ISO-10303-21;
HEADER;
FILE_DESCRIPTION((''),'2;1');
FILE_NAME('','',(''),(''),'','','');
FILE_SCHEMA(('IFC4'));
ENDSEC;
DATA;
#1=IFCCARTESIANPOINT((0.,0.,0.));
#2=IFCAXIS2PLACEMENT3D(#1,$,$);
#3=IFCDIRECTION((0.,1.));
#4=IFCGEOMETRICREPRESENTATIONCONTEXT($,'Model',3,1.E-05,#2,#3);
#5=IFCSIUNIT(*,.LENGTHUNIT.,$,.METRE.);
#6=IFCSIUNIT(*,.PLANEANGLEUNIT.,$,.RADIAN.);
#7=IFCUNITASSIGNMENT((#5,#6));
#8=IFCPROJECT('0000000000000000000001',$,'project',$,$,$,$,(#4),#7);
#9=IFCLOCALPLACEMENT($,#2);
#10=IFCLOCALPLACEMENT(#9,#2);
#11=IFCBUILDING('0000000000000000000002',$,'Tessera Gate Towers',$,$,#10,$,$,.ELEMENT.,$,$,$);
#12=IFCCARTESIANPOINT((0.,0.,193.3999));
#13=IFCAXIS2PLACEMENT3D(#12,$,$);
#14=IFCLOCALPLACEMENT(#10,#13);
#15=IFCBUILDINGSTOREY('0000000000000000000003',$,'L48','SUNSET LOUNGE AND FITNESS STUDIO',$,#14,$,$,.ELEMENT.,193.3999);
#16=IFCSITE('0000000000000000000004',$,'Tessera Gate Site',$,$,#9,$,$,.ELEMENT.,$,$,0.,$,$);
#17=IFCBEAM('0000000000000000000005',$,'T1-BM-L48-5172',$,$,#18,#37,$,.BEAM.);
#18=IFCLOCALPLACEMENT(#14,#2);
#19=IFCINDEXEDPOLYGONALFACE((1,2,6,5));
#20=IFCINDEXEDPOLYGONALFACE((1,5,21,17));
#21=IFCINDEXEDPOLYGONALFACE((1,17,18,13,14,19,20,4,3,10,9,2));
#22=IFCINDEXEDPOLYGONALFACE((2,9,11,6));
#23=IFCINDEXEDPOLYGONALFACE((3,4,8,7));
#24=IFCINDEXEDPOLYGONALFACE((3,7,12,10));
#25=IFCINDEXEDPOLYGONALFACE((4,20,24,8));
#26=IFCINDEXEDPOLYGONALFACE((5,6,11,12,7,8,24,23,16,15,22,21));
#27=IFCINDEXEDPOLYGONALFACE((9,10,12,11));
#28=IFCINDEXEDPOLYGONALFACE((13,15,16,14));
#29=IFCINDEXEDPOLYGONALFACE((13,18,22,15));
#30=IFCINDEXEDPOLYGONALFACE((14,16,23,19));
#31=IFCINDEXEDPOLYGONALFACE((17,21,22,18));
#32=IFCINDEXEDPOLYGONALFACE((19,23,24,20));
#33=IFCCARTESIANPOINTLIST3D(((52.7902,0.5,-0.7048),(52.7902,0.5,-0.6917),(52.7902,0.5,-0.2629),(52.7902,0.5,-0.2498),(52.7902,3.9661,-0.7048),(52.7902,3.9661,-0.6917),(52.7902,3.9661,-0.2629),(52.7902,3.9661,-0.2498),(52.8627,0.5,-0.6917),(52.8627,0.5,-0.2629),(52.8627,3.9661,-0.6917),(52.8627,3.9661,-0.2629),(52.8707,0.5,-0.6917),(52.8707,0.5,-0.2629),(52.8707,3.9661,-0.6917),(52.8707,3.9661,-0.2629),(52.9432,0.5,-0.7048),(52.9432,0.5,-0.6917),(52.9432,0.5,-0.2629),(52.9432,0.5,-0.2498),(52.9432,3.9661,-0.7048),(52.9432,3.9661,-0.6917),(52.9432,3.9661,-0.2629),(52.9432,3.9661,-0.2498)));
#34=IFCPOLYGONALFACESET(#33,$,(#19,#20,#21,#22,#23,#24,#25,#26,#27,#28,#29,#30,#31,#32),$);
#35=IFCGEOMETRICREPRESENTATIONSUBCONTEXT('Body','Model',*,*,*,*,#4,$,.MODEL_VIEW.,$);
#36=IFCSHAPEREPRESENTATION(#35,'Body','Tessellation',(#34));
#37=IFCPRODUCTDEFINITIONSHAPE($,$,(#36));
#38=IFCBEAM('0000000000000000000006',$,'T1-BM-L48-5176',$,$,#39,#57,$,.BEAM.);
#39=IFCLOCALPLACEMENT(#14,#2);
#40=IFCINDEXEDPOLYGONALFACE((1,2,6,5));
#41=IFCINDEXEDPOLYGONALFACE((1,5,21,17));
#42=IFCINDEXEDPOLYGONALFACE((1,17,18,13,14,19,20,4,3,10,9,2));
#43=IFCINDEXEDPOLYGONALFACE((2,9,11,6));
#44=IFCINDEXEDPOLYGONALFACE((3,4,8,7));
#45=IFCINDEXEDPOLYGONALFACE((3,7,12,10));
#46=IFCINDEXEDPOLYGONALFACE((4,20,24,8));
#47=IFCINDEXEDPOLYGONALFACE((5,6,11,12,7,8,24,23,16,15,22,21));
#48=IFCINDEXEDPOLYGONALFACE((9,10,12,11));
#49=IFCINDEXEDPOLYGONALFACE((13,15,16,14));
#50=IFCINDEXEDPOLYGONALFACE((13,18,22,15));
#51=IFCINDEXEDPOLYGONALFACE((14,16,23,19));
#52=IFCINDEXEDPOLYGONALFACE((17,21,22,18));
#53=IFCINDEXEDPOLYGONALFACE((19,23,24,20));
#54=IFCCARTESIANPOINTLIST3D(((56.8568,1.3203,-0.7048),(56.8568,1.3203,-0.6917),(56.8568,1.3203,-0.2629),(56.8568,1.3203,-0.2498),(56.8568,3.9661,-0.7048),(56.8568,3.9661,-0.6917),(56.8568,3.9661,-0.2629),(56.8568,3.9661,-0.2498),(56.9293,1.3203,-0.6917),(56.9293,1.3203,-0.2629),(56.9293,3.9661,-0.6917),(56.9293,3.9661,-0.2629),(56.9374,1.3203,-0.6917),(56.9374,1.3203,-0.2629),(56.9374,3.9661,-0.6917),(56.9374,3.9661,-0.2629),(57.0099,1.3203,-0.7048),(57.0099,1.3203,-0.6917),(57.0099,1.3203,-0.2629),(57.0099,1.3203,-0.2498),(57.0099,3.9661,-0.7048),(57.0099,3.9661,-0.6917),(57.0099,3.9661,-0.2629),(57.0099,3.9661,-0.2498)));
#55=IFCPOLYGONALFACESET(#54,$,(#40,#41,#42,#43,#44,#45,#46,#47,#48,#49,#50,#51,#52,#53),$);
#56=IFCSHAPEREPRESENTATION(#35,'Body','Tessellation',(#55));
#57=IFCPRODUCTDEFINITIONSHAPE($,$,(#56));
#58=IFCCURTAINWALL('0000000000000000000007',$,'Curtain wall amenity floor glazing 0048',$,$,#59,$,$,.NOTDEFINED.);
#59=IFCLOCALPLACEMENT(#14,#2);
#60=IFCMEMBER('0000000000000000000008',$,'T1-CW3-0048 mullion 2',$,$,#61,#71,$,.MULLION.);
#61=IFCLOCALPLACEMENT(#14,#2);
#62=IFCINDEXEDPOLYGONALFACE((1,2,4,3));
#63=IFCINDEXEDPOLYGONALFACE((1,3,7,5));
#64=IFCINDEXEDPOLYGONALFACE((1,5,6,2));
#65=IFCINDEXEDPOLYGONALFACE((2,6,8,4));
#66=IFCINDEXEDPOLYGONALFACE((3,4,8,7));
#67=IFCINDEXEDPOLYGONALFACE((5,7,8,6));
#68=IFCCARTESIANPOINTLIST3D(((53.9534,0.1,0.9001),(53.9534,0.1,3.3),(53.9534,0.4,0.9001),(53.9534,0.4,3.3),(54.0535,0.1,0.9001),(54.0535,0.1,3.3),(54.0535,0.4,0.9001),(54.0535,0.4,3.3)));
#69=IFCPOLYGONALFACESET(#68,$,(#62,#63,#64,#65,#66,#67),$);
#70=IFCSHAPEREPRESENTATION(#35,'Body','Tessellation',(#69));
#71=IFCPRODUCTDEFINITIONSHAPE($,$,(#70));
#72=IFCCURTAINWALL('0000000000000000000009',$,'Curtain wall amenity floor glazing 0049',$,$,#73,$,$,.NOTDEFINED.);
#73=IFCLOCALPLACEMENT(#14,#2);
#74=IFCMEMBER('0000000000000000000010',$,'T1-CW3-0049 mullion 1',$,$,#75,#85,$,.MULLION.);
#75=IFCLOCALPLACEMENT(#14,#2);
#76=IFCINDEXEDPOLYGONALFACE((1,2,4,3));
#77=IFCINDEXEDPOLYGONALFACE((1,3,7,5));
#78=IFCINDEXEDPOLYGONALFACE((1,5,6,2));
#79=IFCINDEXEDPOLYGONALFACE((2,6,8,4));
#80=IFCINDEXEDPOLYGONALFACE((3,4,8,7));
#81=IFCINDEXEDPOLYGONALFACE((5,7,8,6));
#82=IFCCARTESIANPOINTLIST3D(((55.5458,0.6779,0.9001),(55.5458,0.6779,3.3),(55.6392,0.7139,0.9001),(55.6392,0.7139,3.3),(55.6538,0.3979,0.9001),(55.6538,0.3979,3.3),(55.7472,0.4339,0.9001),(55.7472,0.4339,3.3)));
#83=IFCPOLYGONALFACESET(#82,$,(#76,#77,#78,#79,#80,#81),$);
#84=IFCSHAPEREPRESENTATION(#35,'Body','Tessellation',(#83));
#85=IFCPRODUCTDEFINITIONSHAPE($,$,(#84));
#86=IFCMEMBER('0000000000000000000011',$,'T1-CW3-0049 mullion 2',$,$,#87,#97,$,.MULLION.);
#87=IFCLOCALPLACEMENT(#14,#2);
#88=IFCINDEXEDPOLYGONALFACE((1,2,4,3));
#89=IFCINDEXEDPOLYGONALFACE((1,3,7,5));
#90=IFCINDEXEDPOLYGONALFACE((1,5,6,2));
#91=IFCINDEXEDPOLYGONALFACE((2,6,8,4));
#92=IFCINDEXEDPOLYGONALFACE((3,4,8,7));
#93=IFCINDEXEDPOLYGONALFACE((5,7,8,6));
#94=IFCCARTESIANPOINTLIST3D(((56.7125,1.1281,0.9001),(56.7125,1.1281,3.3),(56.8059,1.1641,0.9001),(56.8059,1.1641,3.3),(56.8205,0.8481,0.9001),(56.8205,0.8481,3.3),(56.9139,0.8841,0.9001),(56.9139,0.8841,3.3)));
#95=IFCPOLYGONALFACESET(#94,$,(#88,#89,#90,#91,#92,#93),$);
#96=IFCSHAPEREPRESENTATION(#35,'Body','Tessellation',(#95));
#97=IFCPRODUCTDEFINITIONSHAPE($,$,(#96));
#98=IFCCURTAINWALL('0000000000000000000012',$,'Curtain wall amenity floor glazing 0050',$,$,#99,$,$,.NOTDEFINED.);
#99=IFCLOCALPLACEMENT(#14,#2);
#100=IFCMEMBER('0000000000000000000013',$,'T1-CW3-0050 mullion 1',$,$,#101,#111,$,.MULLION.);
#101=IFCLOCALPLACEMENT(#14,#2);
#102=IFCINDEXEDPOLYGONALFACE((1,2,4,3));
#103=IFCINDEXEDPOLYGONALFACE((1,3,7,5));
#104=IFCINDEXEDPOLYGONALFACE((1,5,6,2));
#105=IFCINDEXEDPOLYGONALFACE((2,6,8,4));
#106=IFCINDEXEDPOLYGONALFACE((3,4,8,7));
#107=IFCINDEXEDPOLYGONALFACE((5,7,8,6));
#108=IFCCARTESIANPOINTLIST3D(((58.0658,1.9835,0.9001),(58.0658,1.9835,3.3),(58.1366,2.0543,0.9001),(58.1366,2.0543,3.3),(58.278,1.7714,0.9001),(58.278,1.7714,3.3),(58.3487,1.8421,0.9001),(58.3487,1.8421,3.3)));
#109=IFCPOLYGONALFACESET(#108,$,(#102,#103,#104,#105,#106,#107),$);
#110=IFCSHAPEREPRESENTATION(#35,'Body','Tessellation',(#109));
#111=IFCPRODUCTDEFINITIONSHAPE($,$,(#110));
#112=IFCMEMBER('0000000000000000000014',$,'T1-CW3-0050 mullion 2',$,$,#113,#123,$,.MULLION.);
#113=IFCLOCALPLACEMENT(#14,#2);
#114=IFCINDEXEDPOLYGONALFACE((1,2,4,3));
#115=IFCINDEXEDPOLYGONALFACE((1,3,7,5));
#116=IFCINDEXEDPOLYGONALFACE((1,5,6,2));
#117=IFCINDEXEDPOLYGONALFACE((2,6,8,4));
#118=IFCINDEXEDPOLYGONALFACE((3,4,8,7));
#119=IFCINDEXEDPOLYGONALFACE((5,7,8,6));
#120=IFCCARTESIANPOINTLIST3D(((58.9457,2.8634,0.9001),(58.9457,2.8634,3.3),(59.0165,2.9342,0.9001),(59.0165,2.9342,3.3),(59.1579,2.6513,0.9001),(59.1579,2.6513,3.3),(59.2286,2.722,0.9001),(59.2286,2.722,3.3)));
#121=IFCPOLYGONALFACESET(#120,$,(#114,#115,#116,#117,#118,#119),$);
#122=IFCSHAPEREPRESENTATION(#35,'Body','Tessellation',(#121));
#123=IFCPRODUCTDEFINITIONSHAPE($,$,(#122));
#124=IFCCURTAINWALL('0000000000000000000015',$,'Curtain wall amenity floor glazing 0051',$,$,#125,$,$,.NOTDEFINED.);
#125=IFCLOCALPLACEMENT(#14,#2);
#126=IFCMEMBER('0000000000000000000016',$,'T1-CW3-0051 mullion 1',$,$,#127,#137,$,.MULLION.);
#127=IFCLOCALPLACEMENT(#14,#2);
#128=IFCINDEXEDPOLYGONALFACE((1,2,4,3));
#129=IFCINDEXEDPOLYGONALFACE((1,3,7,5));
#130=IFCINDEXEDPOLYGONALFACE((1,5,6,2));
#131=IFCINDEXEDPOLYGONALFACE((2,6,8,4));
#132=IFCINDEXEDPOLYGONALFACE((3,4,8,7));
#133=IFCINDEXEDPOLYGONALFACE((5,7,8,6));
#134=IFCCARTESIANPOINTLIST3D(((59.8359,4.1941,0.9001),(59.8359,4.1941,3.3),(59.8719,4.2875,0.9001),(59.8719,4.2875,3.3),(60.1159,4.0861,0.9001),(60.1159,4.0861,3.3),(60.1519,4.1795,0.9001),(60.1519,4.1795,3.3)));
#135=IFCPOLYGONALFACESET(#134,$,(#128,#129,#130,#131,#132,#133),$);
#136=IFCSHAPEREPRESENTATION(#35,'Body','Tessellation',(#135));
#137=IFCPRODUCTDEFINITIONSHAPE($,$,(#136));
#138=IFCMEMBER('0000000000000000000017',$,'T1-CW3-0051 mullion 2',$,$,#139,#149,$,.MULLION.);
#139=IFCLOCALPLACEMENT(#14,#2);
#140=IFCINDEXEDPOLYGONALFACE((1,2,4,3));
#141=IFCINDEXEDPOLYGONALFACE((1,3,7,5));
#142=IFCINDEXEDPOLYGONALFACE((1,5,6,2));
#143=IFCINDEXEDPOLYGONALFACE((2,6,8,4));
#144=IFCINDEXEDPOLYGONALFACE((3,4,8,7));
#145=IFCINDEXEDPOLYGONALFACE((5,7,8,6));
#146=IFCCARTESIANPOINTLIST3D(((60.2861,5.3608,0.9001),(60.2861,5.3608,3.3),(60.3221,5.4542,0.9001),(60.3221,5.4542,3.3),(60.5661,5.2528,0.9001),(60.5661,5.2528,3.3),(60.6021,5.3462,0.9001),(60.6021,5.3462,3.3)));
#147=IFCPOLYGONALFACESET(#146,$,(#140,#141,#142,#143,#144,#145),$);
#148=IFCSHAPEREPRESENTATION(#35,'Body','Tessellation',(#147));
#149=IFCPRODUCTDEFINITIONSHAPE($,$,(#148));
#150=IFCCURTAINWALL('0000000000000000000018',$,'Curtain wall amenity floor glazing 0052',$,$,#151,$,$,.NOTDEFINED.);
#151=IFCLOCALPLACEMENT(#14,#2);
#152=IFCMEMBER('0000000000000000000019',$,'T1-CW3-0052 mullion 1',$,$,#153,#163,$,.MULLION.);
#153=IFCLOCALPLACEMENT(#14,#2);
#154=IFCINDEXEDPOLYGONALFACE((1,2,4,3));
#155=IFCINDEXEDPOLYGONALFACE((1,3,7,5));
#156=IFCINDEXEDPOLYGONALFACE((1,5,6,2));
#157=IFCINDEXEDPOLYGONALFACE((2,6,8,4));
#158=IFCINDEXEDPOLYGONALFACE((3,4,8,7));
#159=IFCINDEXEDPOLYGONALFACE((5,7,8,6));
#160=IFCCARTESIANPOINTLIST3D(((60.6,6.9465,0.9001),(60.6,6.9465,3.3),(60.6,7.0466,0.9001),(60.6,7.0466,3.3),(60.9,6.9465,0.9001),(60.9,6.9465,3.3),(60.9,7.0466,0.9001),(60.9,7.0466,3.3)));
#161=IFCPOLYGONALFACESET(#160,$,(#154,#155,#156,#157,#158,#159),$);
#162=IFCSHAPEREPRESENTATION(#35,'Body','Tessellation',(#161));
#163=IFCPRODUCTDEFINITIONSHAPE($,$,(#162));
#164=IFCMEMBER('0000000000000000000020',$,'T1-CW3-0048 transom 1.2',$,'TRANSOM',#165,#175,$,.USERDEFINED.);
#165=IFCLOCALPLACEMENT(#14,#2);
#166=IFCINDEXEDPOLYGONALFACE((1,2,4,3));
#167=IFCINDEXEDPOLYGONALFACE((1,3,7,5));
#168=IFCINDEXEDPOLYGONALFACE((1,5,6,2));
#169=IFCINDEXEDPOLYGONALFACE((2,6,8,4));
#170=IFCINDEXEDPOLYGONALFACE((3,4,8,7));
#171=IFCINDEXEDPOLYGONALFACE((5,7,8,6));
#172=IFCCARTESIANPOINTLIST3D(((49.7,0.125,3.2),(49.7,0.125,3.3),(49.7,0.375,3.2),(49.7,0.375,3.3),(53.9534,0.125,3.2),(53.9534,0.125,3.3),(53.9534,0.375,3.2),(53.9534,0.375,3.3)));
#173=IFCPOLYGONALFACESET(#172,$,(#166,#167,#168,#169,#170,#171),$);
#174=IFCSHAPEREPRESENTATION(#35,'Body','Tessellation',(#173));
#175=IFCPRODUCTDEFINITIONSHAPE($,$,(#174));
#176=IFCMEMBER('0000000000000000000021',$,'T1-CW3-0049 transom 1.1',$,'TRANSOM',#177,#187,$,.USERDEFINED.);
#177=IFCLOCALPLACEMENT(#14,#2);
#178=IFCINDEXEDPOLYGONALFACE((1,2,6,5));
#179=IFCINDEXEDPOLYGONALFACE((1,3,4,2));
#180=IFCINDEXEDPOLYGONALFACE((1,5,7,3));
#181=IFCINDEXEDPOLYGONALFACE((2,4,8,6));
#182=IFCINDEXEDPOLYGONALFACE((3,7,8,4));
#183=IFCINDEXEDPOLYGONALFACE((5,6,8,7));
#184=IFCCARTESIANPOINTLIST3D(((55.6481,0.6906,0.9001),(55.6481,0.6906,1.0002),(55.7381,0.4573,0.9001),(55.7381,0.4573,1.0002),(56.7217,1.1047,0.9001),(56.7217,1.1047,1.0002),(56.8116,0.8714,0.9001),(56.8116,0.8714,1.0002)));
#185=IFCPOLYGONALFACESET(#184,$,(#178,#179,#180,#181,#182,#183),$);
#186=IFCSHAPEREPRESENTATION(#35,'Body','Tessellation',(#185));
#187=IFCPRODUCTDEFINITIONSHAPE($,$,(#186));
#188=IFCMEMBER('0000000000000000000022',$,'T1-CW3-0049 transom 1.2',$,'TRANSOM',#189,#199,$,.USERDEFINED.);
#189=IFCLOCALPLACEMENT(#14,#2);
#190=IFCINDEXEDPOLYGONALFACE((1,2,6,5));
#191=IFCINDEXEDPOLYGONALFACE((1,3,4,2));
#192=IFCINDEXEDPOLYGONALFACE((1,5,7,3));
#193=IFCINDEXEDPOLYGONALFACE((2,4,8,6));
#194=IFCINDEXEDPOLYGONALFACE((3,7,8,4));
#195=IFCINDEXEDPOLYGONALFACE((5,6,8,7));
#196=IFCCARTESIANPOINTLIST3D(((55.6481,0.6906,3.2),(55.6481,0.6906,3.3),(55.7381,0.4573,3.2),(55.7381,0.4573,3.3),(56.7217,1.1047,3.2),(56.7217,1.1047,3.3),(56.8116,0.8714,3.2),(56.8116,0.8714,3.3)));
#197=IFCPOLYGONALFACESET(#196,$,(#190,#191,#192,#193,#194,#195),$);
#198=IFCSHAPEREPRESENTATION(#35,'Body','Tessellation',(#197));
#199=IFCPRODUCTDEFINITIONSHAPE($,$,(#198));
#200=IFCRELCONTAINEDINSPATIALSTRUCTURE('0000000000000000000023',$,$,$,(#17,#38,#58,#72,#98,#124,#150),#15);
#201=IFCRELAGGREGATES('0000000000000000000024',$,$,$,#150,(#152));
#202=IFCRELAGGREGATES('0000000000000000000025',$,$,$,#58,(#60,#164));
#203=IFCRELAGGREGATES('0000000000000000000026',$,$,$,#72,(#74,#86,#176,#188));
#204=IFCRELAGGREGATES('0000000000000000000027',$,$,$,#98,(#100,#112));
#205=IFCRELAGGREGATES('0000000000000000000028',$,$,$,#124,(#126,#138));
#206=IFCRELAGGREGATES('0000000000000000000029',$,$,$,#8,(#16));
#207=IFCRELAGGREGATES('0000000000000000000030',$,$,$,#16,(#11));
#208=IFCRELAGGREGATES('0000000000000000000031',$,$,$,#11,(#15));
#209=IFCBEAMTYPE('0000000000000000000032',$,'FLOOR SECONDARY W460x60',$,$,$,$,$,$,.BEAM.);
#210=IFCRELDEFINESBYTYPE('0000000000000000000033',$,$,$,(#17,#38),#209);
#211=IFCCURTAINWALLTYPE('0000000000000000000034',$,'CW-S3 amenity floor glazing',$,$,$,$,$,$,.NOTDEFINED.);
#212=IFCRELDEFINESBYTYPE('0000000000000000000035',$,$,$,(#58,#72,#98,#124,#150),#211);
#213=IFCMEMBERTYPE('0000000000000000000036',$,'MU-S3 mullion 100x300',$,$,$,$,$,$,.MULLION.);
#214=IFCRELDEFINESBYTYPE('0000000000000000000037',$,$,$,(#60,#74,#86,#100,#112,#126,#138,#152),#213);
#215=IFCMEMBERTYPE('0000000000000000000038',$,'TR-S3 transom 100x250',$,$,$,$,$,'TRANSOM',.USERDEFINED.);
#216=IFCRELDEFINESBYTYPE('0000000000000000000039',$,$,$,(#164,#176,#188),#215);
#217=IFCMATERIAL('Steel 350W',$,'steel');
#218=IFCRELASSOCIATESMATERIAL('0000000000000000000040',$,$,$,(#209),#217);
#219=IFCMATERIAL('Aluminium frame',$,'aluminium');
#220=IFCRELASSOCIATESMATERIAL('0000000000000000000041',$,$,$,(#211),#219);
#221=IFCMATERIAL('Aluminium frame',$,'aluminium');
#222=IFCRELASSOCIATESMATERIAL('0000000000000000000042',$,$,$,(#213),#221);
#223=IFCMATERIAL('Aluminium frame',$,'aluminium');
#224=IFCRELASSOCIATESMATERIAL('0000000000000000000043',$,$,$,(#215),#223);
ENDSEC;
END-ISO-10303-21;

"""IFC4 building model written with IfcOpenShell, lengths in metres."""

from ifc_helpers import new_model, si_unit, direction, frame, origin, origin_2d, place, context, subcontext, project, spatial, rectangle, i_section, extrude, material, material_profile, profile_set, type_object, element, aggregate, save


model = new_model("IFC4")

# Units and contexts
model_context = context("Model", 3, precision=1e-05, world=origin(), true_north=direction((0.0, 1.0)))
body_context = subcontext(model_context, "Body", "Model", "MODEL_VIEW")
ifc_project = project(units=[si_unit("LENGTHUNIT", "METRE"), si_unit("PLANEANGLEUNIT", "RADIAN")], contexts=[model_context])

# Site, building, storey
site_placement = place(None, origin())
site = spatial("IfcSite", under=ifc_project, at=site_placement, Name="Tessera Gate Site", CompositionType="ELEMENT", RefElevation=0.0)
building_placement = place(site_placement, origin())
building = spatial("IfcBuilding", under=site, at=building_placement, Name="Tessera Gate Towers", CompositionType="ELEMENT")
storey_placement = place(building_placement, frame((0.0, 0.0, 193.3999)))
storey = spatial("IfcBuildingStorey", under=building, at=storey_placement, Name="L48", Description="SUNSET LOUNGE AND FITNESS STUDIO", CompositionType="ELEMENT", Elevation=193.3999)

# Beams
ifc_material_1 = material(Name="Steel 350W", Category="steel")
ifc_material_profile_1 = material_profile(ifc_material_1, i_section(OverallWidth=0.1531, OverallDepth=0.4551, WebThickness=0.0081, FlangeThickness=0.0132, at=origin_2d()), Name="W460x60")
ifc_profile_set_1 = profile_set([ifc_material_profile_1], Name="Steel 350W")
beam_type = type_object("IfcBeamType", Name="FLOOR SECONDARY W460x60", PredefinedType="BEAM", material=ifc_profile_set_1)
beam_1_placement = place(storey_placement, frame((52.8667, 0.5, -0.4773), z_axis=(0.0, 1.0, 0.0), x_axis=(-1.0, 0.0, 0.0)))
element("IfcBeam", 1, at=beam_1_placement, inside=storey, type_object=beam_type, Name="T1-BM-L48-5172", PredefinedType="BEAM", context=body_context, shape_type="SweptSolid", body=[
    extrude(i_section(OverallWidth=0.1531, OverallDepth=0.4551, WebThickness=0.0081, FlangeThickness=0.0132, at=origin_2d()), origin(), (0.0, 0.0, 1.0), 3.4661),
])
beam_2_placement = place(storey_placement, frame((56.9333, 1.3203, -0.4773), z_axis=(0.0, 1.0, 0.0), x_axis=(-1.0, 0.0, 0.0)))
element("IfcBeam", 2, at=beam_2_placement, inside=storey, type_object=beam_type, Name="T1-BM-L48-5176", PredefinedType="BEAM", context=body_context, shape_type="SweptSolid", body=[
    extrude(i_section(OverallWidth=0.1531, OverallDepth=0.4551, WebThickness=0.0081, FlangeThickness=0.0132, at=origin_2d()), origin(), (0.0, 0.0, 1.0), 2.6458),
])

# Curtain wall, member
ifc_material_2 = material(Name="Aluminium frame", Category="aluminium")
curtain_wall_type = type_object("IfcCurtainWallType", Name="CW-S3 amenity floor glazing", PredefinedType="NOTDEFINED", material=ifc_material_2)
curtain_wall_1_placement = place(storey_placement, origin())
curtain_wall_1 = element("IfcCurtainWall", 3, at=curtain_wall_1_placement, inside=storey, type_object=curtain_wall_type, Name="Curtain wall amenity floor glazing 0048", PredefinedType="NOTDEFINED")
ifc_material_3 = material(Name="Aluminium frame", Category="aluminium")
ifc_material_profile_2 = material_profile(ifc_material_3, rectangle(XDim=0.1001, YDim=0.3, at=origin_2d()), Name="AL 100x300")
ifc_profile_set_2 = profile_set([ifc_material_profile_2], Name="Aluminium frame")
member_type_1 = type_object("IfcMemberType", Name="MU-S3 mullion 100x300", PredefinedType="MULLION", material=ifc_profile_set_2)
member_1_placement = place(storey_placement, frame((54.0034, 0.25, 0.9001), z_axis=(0.0, 0.0, 1.0), x_axis=(1.0, 0.0, 0.0)))
member_1 = element("IfcMember", 4, at=member_1_placement, type_object=member_type_1, Name="T1-CW3-0048 mullion 2", PredefinedType="MULLION", context=body_context, shape_type="SweptSolid", body=[
    extrude(rectangle(XDim=0.1001, YDim=0.3, at=origin_2d()), origin(), (0.0, 0.0, 1.0), 2.3999),
])

# Curtain walls, members
curtain_wall_2_placement = place(storey_placement, origin())
curtain_wall_2 = element("IfcCurtainWall", 5, at=curtain_wall_2_placement, inside=storey, type_object=curtain_wall_type, Name="Curtain wall amenity floor glazing 0049", PredefinedType="NOTDEFINED")
member_2_placement = place(storey_placement, frame((55.6465, 0.5559, 0.9001), z_axis=(0.0, 0.0, 1.0), x_axis=(0.932989, 0.359904, 0.0)))
member_2 = element("IfcMember", 6, at=member_2_placement, type_object=member_type_1, Name="T1-CW3-0049 mullion 1", PredefinedType="MULLION", context=body_context, shape_type="SweptSolid", body=[
    extrude(rectangle(XDim=0.1001, YDim=0.3, at=origin_2d()), origin(), (0.0, 0.0, 1.0), 2.3999),
])
member_3_placement = place(storey_placement, frame((56.8132, 1.0061, 0.9001), z_axis=(0.0, 0.0, 1.0), x_axis=(0.932989, 0.359904, 0.0)))
member_3 = element("IfcMember", 7, at=member_3_placement, type_object=member_type_1, Name="T1-CW3-0049 mullion 2", PredefinedType="MULLION", context=body_context, shape_type="SweptSolid", body=[
    extrude(rectangle(XDim=0.1001, YDim=0.3, at=origin_2d()), origin(), (0.0, 0.0, 1.0), 2.3999),
])
curtain_wall_3_placement = place(storey_placement, origin())
curtain_wall_3 = element("IfcCurtainWall", 8, at=curtain_wall_3_placement, inside=storey, type_object=curtain_wall_type, Name="Curtain wall amenity floor glazing 0050", PredefinedType="NOTDEFINED")
member_4_placement = place(storey_placement, frame((58.2073, 1.9128, 0.9001), z_axis=(0.0, 0.0, 1.0), x_axis=(0.707107, 0.707107, 0.0)))
member_4 = element("IfcMember", 9, at=member_4_placement, type_object=member_type_1, Name="T1-CW3-0050 mullion 1", PredefinedType="MULLION", context=body_context, shape_type="SweptSolid", body=[
    extrude(rectangle(XDim=0.1001, YDim=0.3, at=origin_2d()), origin(), (0.0, 0.0, 1.0), 2.3999),
])
member_5_placement = place(storey_placement, frame((59.0872, 2.7927, 0.9001), z_axis=(0.0, 0.0, 1.0), x_axis=(0.707107, 0.707107, 0.0)))
member_5 = element("IfcMember", 10, at=member_5_placement, type_object=member_type_1, Name="T1-CW3-0050 mullion 2", PredefinedType="MULLION", context=body_context, shape_type="SweptSolid", body=[
    extrude(rectangle(XDim=0.1001, YDim=0.3, at=origin_2d()), origin(), (0.0, 0.0, 1.0), 2.3999),
])
curtain_wall_4_placement = place(storey_placement, origin())
curtain_wall_4 = element("IfcCurtainWall", 11, at=curtain_wall_4_placement, inside=storey, type_object=curtain_wall_type, Name="Curtain wall amenity floor glazing 0051", PredefinedType="NOTDEFINED")
member_6_placement = place(storey_placement, frame((59.9939, 4.1868, 0.9001), z_axis=(0.0, 0.0, 1.0), x_axis=(0.359904, 0.932989, 0.0)))
member_6 = element("IfcMember", 12, at=member_6_placement, type_object=member_type_1, Name="T1-CW3-0051 mullion 1", PredefinedType="MULLION", context=body_context, shape_type="SweptSolid", body=[
    extrude(rectangle(XDim=0.1001, YDim=0.3, at=origin_2d()), origin(), (0.0, 0.0, 1.0), 2.3999),
])
member_7_placement = place(storey_placement, frame((60.4441, 5.3535, 0.9001), z_axis=(0.0, 0.0, 1.0), x_axis=(0.359904, 0.932989, 0.0)))
member_7 = element("IfcMember", 13, at=member_7_placement, type_object=member_type_1, Name="T1-CW3-0051 mullion 2", PredefinedType="MULLION", context=body_context, shape_type="SweptSolid", body=[
    extrude(rectangle(XDim=0.1001, YDim=0.3, at=origin_2d()), origin(), (0.0, 0.0, 1.0), 2.3999),
])

# Curtain wall, member
curtain_wall_5_placement = place(storey_placement, origin())
curtain_wall_5 = element("IfcCurtainWall", 14, at=curtain_wall_5_placement, inside=storey, type_object=curtain_wall_type, Name="Curtain wall amenity floor glazing 0052", PredefinedType="NOTDEFINED")
member_8_placement = place(storey_placement, frame((60.75, 6.9966, 0.9001), z_axis=(0.0, 0.0, 1.0), x_axis=(0.0, 1.0, 0.0)))
member_8 = element("IfcMember", 15, at=member_8_placement, type_object=member_type_1, Name="T1-CW3-0052 mullion 1", PredefinedType="MULLION", context=body_context, shape_type="SweptSolid", body=[
    extrude(rectangle(XDim=0.1001, YDim=0.3, at=origin_2d()), origin(), (0.0, 0.0, 1.0), 2.3999),
])

# Members
ifc_material_4 = material(Name="Aluminium frame", Category="aluminium")
ifc_material_profile_3 = material_profile(ifc_material_4, rectangle(XDim=0.25, YDim=0.1001, at=origin_2d()), Name="AL 100x250")
ifc_profile_set_3 = profile_set([ifc_material_profile_3], Name="Aluminium frame")
member_type_2 = type_object("IfcMemberType", Name="TR-S3 transom 100x250", ElementType="TRANSOM", PredefinedType="USERDEFINED", material=ifc_profile_set_3)
member_9_placement = place(storey_placement, frame((49.7, 0.25, 3.25), z_axis=(1.0, 0.0, 0.0), x_axis=(0.0, 1.0, 0.0)))
member_9 = element("IfcMember", 16, at=member_9_placement, type_object=member_type_2, Name="T1-CW3-0048 transom 1.2", ObjectType="TRANSOM", PredefinedType="USERDEFINED", context=body_context, shape_type="SweptSolid", body=[
    extrude(rectangle(XDim=0.25, YDim=0.1001, at=origin_2d()), origin(), (0.0, 0.0, 1.0), 4.2534),
])
member_10_placement = place(storey_placement, frame((55.6931, 0.574, 0.9502), z_axis=(0.933001, 0.359875, 0.0), x_axis=(-0.359875, 0.933001, 0.0)))
member_10 = element("IfcMember", 17, at=member_10_placement, type_object=member_type_2, Name="T1-CW3-0049 transom 1.1", ObjectType="TRANSOM", PredefinedType="USERDEFINED", context=body_context, shape_type="SweptSolid", body=[
    extrude(rectangle(XDim=0.25, YDim=0.1001, at=origin_2d()), origin(), (0.0, 0.0, 1.0), 1.1506),
])
member_11_placement = place(storey_placement, frame((55.6931, 0.574, 3.25), z_axis=(0.933001, 0.359875, 0.0), x_axis=(-0.359875, 0.933001, 0.0)))
member_11 = element("IfcMember", 18, at=member_11_placement, type_object=member_type_2, Name="T1-CW3-0049 transom 1.2", ObjectType="TRANSOM", PredefinedType="USERDEFINED", context=body_context, shape_type="SweptSolid", body=[
    extrude(rectangle(XDim=0.25, YDim=0.1001, at=origin_2d()), origin(), (0.0, 0.0, 1.0), 1.1506),
])
aggregate(curtain_wall_5, [member_8])

aggregate(curtain_wall_1, [member_1, member_9])
aggregate(curtain_wall_2, [member_2, member_3, member_10, member_11])
aggregate(curtain_wall_3, [member_4, member_5])
aggregate(curtain_wall_4, [member_6, member_7])

save(model, "model.ifc")
